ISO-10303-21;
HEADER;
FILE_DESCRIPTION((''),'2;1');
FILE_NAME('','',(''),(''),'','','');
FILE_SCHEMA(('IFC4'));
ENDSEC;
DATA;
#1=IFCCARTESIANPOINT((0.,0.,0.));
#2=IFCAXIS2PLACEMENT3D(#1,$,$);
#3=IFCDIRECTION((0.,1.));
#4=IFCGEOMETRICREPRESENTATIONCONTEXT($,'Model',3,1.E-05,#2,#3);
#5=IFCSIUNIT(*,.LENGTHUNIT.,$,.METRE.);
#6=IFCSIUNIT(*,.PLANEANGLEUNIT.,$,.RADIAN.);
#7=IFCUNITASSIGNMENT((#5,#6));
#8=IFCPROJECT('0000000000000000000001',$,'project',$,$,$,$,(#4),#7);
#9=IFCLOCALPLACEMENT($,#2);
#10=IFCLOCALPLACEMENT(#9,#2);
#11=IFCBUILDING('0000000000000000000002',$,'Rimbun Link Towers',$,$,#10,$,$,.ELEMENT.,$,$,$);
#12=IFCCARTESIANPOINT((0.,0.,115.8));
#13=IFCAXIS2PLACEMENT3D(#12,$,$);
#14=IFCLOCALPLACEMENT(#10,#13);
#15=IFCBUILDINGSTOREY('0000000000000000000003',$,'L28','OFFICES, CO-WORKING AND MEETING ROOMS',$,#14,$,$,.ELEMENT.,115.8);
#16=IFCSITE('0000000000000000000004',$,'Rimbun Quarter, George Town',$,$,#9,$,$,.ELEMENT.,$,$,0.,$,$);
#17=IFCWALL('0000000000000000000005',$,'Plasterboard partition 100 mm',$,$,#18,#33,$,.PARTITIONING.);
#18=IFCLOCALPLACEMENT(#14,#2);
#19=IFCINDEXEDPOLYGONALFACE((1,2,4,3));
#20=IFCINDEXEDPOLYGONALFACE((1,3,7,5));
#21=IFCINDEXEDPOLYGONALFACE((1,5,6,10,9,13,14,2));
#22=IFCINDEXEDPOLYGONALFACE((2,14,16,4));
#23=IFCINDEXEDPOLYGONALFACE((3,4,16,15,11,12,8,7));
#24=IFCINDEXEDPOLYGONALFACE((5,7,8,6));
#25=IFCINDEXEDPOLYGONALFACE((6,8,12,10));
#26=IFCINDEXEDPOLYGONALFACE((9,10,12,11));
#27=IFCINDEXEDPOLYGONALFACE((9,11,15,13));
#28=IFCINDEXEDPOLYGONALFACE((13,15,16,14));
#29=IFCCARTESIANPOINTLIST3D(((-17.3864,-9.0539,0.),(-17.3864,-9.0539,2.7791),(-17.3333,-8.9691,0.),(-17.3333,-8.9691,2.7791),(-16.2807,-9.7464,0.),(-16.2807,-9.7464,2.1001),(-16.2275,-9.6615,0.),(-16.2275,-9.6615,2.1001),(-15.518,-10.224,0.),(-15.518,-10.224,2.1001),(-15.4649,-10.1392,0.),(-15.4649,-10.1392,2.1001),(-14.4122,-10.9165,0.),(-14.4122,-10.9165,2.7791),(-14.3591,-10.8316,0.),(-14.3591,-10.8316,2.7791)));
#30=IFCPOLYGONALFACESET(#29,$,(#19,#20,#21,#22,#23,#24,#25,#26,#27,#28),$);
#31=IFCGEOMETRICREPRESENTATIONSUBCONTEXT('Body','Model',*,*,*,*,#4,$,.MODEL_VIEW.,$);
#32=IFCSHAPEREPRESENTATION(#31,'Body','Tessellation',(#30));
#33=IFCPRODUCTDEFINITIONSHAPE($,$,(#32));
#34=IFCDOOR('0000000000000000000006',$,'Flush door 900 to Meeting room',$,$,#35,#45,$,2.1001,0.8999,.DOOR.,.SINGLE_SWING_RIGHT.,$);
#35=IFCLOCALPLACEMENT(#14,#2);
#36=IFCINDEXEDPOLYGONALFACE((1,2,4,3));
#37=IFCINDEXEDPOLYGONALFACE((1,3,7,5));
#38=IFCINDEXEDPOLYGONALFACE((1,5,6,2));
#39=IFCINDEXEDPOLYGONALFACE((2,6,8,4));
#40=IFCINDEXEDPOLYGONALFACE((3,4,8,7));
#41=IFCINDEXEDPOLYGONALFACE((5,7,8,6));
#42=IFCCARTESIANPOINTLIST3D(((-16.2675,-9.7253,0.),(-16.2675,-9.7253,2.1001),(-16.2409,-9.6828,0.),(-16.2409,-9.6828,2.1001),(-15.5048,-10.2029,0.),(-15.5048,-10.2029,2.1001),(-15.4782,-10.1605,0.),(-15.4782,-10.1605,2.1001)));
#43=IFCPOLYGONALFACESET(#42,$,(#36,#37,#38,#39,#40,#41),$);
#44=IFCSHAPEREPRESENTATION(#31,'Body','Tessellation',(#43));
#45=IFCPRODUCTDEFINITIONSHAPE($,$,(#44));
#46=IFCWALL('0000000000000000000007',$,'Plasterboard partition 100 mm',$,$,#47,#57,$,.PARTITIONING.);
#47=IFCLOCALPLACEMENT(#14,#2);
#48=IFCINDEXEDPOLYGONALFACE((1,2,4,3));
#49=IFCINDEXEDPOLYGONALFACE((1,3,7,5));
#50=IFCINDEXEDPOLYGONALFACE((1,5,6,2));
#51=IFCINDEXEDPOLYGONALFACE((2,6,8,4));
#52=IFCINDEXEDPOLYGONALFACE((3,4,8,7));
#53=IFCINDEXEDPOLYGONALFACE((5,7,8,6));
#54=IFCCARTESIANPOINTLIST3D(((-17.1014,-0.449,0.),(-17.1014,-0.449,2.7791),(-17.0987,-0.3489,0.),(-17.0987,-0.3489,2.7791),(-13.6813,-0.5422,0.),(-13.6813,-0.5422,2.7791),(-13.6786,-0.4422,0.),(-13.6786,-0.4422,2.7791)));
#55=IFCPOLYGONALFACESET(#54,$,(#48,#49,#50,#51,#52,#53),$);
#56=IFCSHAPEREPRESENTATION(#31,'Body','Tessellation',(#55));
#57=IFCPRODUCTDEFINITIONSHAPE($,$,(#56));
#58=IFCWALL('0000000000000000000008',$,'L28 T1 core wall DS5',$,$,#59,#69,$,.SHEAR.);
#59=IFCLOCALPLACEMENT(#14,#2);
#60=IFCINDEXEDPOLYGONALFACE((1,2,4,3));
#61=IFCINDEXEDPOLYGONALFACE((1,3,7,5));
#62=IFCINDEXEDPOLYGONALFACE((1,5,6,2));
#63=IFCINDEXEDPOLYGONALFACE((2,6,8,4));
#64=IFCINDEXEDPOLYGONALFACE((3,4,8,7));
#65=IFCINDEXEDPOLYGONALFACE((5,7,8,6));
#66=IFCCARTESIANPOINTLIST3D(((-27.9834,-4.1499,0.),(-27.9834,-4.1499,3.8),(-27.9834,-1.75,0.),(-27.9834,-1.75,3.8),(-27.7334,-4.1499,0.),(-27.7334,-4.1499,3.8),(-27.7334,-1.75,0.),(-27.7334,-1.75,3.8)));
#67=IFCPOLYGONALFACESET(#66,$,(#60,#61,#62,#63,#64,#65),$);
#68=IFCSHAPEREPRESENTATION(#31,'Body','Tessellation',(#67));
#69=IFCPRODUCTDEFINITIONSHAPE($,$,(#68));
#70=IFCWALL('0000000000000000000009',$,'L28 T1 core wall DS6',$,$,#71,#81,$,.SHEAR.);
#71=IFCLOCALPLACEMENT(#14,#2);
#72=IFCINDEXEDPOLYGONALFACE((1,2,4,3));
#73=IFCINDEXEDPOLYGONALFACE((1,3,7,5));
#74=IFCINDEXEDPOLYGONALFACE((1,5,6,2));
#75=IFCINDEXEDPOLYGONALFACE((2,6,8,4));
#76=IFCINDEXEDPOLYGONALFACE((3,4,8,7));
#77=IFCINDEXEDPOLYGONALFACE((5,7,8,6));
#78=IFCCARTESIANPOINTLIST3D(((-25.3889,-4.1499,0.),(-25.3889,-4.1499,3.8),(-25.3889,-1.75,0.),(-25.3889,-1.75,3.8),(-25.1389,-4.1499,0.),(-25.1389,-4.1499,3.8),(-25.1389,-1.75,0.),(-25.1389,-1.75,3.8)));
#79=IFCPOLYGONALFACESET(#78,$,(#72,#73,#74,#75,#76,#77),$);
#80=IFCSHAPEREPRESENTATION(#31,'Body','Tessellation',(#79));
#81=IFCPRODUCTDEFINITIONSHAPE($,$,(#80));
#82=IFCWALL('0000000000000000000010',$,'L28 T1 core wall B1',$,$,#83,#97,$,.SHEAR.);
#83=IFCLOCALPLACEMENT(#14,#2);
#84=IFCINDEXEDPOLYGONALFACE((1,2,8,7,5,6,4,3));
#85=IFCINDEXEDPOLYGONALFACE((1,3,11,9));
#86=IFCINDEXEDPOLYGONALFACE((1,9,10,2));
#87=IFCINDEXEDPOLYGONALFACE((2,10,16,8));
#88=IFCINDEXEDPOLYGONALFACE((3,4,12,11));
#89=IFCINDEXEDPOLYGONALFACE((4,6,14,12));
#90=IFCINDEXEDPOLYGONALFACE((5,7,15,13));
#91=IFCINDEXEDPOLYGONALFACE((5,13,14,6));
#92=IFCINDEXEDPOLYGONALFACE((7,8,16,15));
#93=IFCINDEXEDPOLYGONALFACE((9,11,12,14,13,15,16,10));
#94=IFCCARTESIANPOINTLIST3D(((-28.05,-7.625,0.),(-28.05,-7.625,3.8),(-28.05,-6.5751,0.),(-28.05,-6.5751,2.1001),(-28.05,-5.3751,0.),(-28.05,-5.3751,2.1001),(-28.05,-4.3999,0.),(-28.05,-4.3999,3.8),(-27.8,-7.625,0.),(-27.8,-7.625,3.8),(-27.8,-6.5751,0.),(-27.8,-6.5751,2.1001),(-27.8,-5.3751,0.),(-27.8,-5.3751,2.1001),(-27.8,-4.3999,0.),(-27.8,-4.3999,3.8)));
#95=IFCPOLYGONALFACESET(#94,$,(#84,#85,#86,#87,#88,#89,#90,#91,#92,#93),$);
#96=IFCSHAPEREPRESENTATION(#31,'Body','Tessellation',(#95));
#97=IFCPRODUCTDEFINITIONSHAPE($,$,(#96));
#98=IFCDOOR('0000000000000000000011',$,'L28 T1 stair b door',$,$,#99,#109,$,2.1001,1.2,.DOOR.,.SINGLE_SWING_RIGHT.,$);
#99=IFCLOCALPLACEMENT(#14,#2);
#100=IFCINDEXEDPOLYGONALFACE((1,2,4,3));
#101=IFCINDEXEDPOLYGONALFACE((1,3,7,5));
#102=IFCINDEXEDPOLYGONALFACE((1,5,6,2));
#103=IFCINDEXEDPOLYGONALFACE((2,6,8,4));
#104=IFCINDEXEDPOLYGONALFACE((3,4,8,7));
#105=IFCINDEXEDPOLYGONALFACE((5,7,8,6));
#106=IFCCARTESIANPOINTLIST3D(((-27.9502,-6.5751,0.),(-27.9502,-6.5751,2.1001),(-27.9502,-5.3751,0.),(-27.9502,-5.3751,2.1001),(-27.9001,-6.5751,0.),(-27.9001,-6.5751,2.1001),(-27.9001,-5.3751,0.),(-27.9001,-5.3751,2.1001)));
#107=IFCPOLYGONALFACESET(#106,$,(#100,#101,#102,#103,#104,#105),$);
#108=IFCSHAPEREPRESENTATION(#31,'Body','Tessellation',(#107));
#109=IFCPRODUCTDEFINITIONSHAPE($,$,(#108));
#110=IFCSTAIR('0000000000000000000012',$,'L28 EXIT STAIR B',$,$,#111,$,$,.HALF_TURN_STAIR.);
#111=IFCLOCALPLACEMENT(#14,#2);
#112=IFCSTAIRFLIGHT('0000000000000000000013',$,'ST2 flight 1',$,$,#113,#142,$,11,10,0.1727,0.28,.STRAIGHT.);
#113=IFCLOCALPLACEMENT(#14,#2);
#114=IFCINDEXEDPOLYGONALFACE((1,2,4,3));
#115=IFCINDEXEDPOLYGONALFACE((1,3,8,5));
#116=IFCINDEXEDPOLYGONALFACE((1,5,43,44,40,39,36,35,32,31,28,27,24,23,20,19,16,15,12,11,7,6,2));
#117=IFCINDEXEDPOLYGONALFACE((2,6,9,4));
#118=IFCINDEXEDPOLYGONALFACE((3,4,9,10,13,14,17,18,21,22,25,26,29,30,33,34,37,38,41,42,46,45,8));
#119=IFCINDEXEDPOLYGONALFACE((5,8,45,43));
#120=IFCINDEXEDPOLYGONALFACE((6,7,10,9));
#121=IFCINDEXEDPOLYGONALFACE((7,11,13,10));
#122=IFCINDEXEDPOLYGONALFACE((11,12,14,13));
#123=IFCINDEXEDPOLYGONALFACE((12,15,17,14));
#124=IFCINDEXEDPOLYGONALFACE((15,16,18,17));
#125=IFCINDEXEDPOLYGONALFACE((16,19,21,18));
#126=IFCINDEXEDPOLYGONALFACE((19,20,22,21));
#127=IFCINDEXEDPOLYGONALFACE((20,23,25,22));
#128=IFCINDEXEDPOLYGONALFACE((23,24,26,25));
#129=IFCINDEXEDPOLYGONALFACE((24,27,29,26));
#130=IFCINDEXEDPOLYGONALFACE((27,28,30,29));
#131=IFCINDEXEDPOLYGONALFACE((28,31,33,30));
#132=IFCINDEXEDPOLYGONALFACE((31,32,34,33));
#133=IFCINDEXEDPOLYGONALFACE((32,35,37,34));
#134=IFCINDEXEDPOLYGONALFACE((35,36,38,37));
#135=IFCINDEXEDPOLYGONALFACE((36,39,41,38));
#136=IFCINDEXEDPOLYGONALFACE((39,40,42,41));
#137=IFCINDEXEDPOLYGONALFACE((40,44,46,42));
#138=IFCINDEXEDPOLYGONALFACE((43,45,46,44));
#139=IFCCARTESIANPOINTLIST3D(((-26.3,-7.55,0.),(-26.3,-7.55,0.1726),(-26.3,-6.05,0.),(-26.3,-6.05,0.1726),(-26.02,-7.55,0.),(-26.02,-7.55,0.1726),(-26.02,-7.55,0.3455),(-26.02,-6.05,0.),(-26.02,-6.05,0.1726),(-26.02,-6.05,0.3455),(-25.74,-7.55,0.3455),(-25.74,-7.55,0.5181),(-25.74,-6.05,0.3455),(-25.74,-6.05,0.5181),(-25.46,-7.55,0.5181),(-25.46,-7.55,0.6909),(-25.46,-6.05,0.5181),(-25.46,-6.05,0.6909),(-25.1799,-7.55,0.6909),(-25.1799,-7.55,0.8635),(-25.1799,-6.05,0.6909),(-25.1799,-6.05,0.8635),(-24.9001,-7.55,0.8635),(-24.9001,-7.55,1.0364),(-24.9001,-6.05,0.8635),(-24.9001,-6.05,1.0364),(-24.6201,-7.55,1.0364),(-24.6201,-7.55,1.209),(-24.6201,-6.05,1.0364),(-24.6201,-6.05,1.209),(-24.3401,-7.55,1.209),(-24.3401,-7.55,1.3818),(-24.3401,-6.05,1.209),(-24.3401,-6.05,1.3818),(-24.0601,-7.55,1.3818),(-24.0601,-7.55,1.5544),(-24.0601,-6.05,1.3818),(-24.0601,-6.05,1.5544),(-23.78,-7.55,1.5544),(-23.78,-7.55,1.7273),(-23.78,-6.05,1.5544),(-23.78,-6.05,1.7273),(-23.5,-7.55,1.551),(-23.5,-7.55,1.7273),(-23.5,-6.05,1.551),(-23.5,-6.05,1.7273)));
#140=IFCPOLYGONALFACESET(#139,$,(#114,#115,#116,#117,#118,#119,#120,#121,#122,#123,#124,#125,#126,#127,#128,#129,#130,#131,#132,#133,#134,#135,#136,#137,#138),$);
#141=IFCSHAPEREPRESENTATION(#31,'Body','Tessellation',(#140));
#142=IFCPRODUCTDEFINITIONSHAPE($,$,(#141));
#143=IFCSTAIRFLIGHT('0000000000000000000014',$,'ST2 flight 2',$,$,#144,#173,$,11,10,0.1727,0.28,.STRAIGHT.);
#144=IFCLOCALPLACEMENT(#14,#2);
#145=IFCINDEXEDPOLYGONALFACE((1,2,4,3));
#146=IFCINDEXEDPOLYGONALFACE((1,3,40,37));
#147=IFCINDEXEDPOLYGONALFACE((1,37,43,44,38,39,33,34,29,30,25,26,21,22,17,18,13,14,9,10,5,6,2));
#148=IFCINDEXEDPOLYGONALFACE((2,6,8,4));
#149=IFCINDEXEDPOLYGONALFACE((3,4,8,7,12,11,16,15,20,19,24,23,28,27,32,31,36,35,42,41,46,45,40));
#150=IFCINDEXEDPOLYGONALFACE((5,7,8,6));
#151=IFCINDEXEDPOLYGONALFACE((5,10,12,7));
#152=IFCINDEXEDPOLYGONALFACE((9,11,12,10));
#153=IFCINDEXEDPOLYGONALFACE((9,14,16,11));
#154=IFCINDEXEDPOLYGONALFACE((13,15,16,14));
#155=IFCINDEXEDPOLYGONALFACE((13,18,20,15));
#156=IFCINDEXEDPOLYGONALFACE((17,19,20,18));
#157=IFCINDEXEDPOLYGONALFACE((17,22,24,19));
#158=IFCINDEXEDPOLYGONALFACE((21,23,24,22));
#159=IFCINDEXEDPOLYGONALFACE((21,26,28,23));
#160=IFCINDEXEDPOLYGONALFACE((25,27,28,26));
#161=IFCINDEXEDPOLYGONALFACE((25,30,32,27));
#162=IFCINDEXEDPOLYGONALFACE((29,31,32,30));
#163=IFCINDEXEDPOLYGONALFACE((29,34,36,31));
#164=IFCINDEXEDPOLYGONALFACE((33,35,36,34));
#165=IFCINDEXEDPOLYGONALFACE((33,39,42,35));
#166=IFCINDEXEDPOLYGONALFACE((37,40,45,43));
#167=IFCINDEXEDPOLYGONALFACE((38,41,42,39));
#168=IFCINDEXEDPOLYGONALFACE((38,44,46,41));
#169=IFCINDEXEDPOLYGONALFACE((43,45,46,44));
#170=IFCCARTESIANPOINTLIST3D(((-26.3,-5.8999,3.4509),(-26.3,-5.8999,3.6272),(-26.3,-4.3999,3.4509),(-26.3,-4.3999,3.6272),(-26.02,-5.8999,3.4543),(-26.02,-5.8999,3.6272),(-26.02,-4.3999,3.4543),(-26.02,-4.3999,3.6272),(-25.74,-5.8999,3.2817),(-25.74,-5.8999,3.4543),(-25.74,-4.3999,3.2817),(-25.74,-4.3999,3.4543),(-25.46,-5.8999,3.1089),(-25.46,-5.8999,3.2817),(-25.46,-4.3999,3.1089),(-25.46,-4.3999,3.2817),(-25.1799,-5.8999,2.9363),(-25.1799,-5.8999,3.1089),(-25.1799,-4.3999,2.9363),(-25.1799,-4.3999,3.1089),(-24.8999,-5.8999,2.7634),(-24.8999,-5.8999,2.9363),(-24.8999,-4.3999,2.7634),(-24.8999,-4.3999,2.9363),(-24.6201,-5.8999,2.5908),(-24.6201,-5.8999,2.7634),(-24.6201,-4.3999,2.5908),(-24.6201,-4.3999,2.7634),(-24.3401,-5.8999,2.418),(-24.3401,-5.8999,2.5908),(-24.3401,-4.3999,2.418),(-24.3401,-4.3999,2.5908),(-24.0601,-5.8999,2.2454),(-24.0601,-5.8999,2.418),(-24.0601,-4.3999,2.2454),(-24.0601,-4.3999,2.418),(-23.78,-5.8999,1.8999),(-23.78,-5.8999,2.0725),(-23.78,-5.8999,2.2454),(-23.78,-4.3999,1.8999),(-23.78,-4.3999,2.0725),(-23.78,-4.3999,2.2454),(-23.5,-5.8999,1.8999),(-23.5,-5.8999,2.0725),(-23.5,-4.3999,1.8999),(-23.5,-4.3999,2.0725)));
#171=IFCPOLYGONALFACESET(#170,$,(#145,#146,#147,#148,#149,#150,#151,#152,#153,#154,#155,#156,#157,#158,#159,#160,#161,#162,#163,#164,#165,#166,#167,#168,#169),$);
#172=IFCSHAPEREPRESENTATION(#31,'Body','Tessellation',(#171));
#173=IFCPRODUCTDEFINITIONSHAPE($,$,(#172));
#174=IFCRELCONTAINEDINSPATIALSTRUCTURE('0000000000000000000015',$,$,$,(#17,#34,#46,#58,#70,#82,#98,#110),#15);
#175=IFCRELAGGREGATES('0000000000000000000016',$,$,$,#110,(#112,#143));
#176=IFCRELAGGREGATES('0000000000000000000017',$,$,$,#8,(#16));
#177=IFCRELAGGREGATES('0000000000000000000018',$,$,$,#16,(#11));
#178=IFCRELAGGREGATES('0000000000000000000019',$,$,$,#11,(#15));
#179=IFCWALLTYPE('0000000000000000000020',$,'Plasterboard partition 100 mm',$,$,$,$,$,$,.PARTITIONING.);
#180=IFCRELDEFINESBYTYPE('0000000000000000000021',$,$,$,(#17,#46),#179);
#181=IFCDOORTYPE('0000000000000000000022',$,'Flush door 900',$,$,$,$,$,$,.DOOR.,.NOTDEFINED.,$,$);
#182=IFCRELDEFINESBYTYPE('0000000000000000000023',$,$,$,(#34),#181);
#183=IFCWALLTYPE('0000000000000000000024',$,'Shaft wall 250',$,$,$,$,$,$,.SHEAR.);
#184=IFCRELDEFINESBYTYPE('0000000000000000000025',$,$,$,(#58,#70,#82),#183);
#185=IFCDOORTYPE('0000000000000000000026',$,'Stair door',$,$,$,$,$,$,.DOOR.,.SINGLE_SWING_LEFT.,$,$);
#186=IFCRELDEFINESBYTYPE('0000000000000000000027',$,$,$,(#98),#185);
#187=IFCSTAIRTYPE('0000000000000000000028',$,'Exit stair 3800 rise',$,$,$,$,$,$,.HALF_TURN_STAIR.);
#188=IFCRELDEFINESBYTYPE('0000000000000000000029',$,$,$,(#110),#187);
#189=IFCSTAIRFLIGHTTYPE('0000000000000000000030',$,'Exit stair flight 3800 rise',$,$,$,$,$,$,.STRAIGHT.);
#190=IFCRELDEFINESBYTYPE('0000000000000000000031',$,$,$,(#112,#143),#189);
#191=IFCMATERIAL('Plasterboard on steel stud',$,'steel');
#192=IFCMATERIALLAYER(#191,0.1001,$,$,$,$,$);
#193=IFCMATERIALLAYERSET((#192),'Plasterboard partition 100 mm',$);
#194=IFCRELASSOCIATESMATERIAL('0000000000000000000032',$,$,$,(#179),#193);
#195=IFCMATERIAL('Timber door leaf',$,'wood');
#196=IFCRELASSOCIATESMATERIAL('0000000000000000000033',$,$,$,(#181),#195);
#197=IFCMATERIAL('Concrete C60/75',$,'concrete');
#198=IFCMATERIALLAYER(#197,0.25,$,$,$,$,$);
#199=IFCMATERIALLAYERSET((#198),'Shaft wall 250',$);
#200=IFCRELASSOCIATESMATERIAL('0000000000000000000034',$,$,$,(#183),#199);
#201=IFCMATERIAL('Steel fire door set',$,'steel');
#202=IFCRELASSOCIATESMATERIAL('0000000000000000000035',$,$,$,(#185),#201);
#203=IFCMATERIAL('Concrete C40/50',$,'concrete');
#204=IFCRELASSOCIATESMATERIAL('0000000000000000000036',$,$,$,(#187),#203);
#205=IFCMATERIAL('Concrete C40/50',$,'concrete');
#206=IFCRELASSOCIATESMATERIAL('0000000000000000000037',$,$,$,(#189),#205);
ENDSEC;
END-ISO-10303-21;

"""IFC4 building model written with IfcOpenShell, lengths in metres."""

from ifc_helpers import new_model, si_unit, direction, frame, frame_2d, origin, place, context, subcontext, project, spatial, polyline, rectangle, outline, extrude, material, layer, layer_set, type_object, element, fill, aggregate, save


model = new_model("IFC4")

# Units and contexts
model_context = context("Model", 3, precision=1e-05, world=origin(), true_north=direction((0.0, 1.0)))
body_context = subcontext(model_context, "Body", "Model", "MODEL_VIEW")
ifc_project = project(units=[si_unit("LENGTHUNIT", "METRE"), si_unit("PLANEANGLEUNIT", "RADIAN")], contexts=[model_context])

# Site, building, storey
site_placement = place(None, origin())
site = spatial("IfcSite", under=ifc_project, at=site_placement, Name="Rimbun Quarter, George Town", CompositionType="ELEMENT", RefElevation=0.0)
building_placement = place(site_placement, origin())
building = spatial("IfcBuilding", under=site, at=building_placement, Name="Rimbun Link Towers", CompositionType="ELEMENT")
storey_placement = place(building_placement, frame((0.0, 0.0, 115.8)))
storey = spatial("IfcBuildingStorey", under=building, at=storey_placement, Name="L28", Description="OFFICES, CO-WORKING AND MEETING ROOMS", CompositionType="ELEMENT", Elevation=115.8)

# Wall, opening, door
ifc_material_1 = material(Name="Plasterboard on steel stud", Category="steel")
ifc_layer_1 = layer(ifc_material_1, 0.1001)
ifc_layer_set_1 = layer_set([ifc_layer_1], Name="Plasterboard partition 100 mm")
wall_type_1 = type_object("IfcWallType", Name="Plasterboard partition 100 mm", PredefinedType="PARTITIONING", material=ifc_layer_set_1)
wall_1_placement = place(storey_placement, frame((-17.3599, -9.0115, 0.0), z_axis=(0.0, 0.0, 1.0), x_axis=(0.847521, -0.530762, 0.0)))
wall_1 = element("IfcWall", 1, at=wall_1_placement, inside=storey, type_object=wall_type_1, Name="Plasterboard partition 100 mm", PredefinedType="PARTITIONING", context=body_context, shape_type="SweptSolid", body=[
    extrude(rectangle(XDim=3.5093, YDim=0.1001, at=frame_2d((1.7546, 0.0))), origin(), (0.0, 0.0, 1.0), 2.7791),
])
opening_1_placement = place(wall_1_placement, frame((1.3047, 0.0, 0.0)))
opening_1 = element("IfcOpeningElement", 2, at=opening_1_placement, cuts=wall_1, PredefinedType="OPENING", context=body_context, shape_type="SweptSolid", body=[
    extrude(rectangle(XDim=0.8999, YDim=2.1001, at=frame_2d((0.45, 1.05))), frame((0.0, 0.0601, 0.0), z_axis=(0.0, -1.0, 0.0), x_axis=(1.0, 0.0, 0.0)), (0.0, 0.0, 1.0), 0.1201),
])
ifc_material_2 = material(Name="Timber door leaf", Category="wood")
door_type_1 = type_object("IfcDoorType", Name="Flush door 900", OperationType="NOTDEFINED", PredefinedType="DOOR", material=ifc_material_2)
door_1_placement = place(opening_1_placement, origin())
door_1 = element("IfcDoor", 3, at=door_1_placement, inside=storey, type_object=door_type_1, Name="Flush door 900 to Meeting room", OperationType="SINGLE_SWING_RIGHT", OverallHeight=2.1001, OverallWidth=0.8999, PredefinedType="DOOR", context=body_context, shape_type="SweptSolid", body=[
    extrude(rectangle(XDim=0.8999, YDim=2.1001, at=frame_2d((0.45, 1.05))), frame((0.0, 0.0249, 0.0), z_axis=(0.0, -1.0, 0.0), x_axis=(1.0, 0.0, 0.0)), (0.0, 0.0, 1.0), 0.05),
])
fill(opening_1, door_1)

# Walls
wall_2_placement = place(storey_placement, frame((-13.6799, -0.4922, 0.0), z_axis=(0.0, 0.0, 1.0), x_axis=(-0.999628, 0.027258, 0.0)))
element("IfcWall", 4, at=wall_2_placement, inside=storey, type_object=wall_type_1, Name="Plasterboard partition 100 mm", PredefinedType="PARTITIONING", context=body_context, shape_type="SweptSolid", body=[
    extrude(rectangle(XDim=3.4214, YDim=0.1001, at=frame_2d((1.7107, 0.0))), origin(), (0.0, 0.0, 1.0), 2.7791),
])
ifc_material_3 = material(Name="Concrete C60/75", Category="concrete")
ifc_layer_2 = layer(ifc_material_3, 0.25)
ifc_layer_set_2 = layer_set([ifc_layer_2], Name="Shaft wall 250")
wall_type_2 = type_object("IfcWallType", Name="Shaft wall 250", PredefinedType="SHEAR", material=ifc_layer_set_2)
for number, where, z_axis, x_axis, name in (
    (5, (-27.8584, -4.1499, 0.0), (0.0, 0.0, 1.0), (0.0, 1.0, 0.0), "L28 T1 core wall DS5"),
    (6, (-25.2639, -4.1499, 0.0), (0.0, 0.0, 1.0), (0.0, 1.0, 0.0), "L28 T1 core wall DS6"),
):
    element("IfcWall", number, at=place(storey_placement, frame(where, z_axis=z_axis, x_axis=x_axis)), inside=storey, type_object=wall_type_2, Name=name, PredefinedType="SHEAR", context=body_context, shape_type="SweptSolid", body=[
        extrude(rectangle(XDim=2.3999, YDim=0.25, at=frame_2d((1.2, 0.0))), origin(), (0.0, 0.0, 1.0), 3.8),
    ])

# Wall, opening, door
wall_3_placement = place(storey_placement, frame((-27.925, -4.3999, 0.0), z_axis=(0.0, 0.0, 1.0), x_axis=(0.0, -1.0, 0.0)))
wall_3 = element("IfcWall", 7, at=wall_3_placement, inside=storey, type_object=wall_type_2, Name="L28 T1 core wall B1", PredefinedType="SHEAR", context=body_context, shape_type="SweptSolid", body=[
    extrude(rectangle(XDim=3.2251, YDim=0.25, at=frame_2d((1.6125, 0.0))), origin(), (0.0, 0.0, 1.0), 3.8),
])
opening_2_placement = place(wall_3_placement, frame((0.9751, 0.0, 0.0)))
opening_2 = element("IfcOpeningElement", 8, at=opening_2_placement, cuts=wall_3, PredefinedType="OPENING", context=body_context, shape_type="SweptSolid", body=[
    extrude(rectangle(XDim=1.2, YDim=2.1001, at=frame_2d((0.6001, 1.05))), frame((0.0, 0.135, 0.0), z_axis=(0.0, -1.0, 0.0), x_axis=(1.0, 0.0, 0.0)), (0.0, 0.0, 1.0), 0.27),
])
ifc_material_4 = material(Name="Steel fire door set", Category="steel")
door_type_2 = type_object("IfcDoorType", Name="Stair door", OperationType="SINGLE_SWING_LEFT", PredefinedType="DOOR", material=ifc_material_4)
door_2_placement = place(opening_2_placement, origin())
door_2 = element("IfcDoor", 9, at=door_2_placement, inside=storey, type_object=door_type_2, Name="L28 T1 stair b door", OperationType="SINGLE_SWING_RIGHT", OverallHeight=2.1001, OverallWidth=1.2, PredefinedType="DOOR", context=body_context, shape_type="SweptSolid", body=[
    extrude(rectangle(XDim=1.2, YDim=2.1001, at=frame_2d((0.6001, 1.05))), frame((0.0, 0.0249, 0.0), z_axis=(0.0, -1.0, 0.0), x_axis=(1.0, 0.0, 0.0)), (0.0, 0.0, 1.0), 0.05),
])
fill(opening_2, door_2)

# Stair, stair flights
ifc_material_5 = material(Name="Concrete C40/50", Category="concrete")
stair_type = type_object("IfcStairType", Name="Exit stair 3800 rise", PredefinedType="HALF_TURN_STAIR", material=ifc_material_5)
stair_placement = place(storey_placement, origin())
stair = element("IfcStair", 10, at=stair_placement, inside=storey, type_object=stair_type, Name="L28 EXIT STAIR B", PredefinedType="HALF_TURN_STAIR")
ifc_material_6 = material(Name="Concrete C40/50", Category="concrete")
stair_flight_type = type_object("IfcStairFlightType", Name="Exit stair flight 3800 rise", PredefinedType="STRAIGHT", material=ifc_material_6)
stair_flight_1_placement = place(storey_placement, frame((-26.3, -6.8, 0.0), z_axis=(0.0, 0.0, 1.0), x_axis=(1.0, 0.0, 0.0)))
stair_flight_1 = element("IfcStairFlight", 11, at=stair_flight_1_placement, type_object=stair_flight_type, Name="ST2 flight 1", NumberOfRisers=11, NumberOfTreads=10, PredefinedType="STRAIGHT", RiserHeight=0.1727, TreadLength=0.28, context=body_context, shape_type="SweptSolid", body=[
    extrude(outline(polyline([(0.0, 0.0), (0.0, 0.1726), (0.28, 0.1726), (0.28, 0.3455), (0.5601, 0.3455), (0.5601, 0.5181), (0.8401, 0.5181), (0.8401, 0.6909), (1.1201, 0.6909), (1.1201, 0.8635), (1.3999, 0.8635), (1.3999, 1.0364), (1.6799, 1.0364), (1.6799, 1.209), (1.96, 1.209), (1.96, 1.3818), (2.24, 1.3818), (2.24, 1.5544), (2.52, 1.5544), (2.52, 1.7273), (2.8, 1.7273), (2.8, 1.8999), (2.8, 1.551), (0.28, 0.0), (0.0, 0.0)])), frame((0.0, 0.75, 0.0), z_axis=(0.0, -1.0, 0.0), x_axis=(1.0, 0.0, 0.0)), (0.0, 0.0, 1.0), 1.5),
])
stair_flight_2_placement = place(storey_placement, frame((-23.5, -5.1499, 1.8999), z_axis=(0.0, 0.0, 1.0), x_axis=(-1.0, 0.0, 0.0)))
stair_flight_2 = element("IfcStairFlight", 12, at=stair_flight_2_placement, type_object=stair_flight_type, Name="ST2 flight 2", NumberOfRisers=11, NumberOfTreads=10, PredefinedType="STRAIGHT", RiserHeight=0.1727, TreadLength=0.28, context=body_context, shape_type="SweptSolid", body=[
    extrude(outline(polyline([(0.0, 0.0), (0.0, 0.1726), (0.28, 0.1726), (0.28, 0.3455), (0.5601, 0.3455), (0.5601, 0.5181), (0.8401, 0.5181), (0.8401, 0.6909), (1.1201, 0.6909), (1.1201, 0.8635), (1.3999, 0.8635), (1.3999, 1.0364), (1.6799, 1.0364), (1.6799, 1.209), (1.96, 1.209), (1.96, 1.3818), (2.24, 1.3818), (2.24, 1.5544), (2.52, 1.5544), (2.52, 1.7273), (2.8, 1.7273), (2.8, 1.8999), (2.8, 1.551), (0.28, 0.0), (0.0, 0.0)])), frame((0.0, 0.75, 0.0), z_axis=(0.0, -1.0, 0.0), x_axis=(1.0, 0.0, 0.0)), (0.0, 0.0, 1.0), 1.5),
])
aggregate(stair, [stair_flight_1, stair_flight_2])

save(model, "model.ifc")
